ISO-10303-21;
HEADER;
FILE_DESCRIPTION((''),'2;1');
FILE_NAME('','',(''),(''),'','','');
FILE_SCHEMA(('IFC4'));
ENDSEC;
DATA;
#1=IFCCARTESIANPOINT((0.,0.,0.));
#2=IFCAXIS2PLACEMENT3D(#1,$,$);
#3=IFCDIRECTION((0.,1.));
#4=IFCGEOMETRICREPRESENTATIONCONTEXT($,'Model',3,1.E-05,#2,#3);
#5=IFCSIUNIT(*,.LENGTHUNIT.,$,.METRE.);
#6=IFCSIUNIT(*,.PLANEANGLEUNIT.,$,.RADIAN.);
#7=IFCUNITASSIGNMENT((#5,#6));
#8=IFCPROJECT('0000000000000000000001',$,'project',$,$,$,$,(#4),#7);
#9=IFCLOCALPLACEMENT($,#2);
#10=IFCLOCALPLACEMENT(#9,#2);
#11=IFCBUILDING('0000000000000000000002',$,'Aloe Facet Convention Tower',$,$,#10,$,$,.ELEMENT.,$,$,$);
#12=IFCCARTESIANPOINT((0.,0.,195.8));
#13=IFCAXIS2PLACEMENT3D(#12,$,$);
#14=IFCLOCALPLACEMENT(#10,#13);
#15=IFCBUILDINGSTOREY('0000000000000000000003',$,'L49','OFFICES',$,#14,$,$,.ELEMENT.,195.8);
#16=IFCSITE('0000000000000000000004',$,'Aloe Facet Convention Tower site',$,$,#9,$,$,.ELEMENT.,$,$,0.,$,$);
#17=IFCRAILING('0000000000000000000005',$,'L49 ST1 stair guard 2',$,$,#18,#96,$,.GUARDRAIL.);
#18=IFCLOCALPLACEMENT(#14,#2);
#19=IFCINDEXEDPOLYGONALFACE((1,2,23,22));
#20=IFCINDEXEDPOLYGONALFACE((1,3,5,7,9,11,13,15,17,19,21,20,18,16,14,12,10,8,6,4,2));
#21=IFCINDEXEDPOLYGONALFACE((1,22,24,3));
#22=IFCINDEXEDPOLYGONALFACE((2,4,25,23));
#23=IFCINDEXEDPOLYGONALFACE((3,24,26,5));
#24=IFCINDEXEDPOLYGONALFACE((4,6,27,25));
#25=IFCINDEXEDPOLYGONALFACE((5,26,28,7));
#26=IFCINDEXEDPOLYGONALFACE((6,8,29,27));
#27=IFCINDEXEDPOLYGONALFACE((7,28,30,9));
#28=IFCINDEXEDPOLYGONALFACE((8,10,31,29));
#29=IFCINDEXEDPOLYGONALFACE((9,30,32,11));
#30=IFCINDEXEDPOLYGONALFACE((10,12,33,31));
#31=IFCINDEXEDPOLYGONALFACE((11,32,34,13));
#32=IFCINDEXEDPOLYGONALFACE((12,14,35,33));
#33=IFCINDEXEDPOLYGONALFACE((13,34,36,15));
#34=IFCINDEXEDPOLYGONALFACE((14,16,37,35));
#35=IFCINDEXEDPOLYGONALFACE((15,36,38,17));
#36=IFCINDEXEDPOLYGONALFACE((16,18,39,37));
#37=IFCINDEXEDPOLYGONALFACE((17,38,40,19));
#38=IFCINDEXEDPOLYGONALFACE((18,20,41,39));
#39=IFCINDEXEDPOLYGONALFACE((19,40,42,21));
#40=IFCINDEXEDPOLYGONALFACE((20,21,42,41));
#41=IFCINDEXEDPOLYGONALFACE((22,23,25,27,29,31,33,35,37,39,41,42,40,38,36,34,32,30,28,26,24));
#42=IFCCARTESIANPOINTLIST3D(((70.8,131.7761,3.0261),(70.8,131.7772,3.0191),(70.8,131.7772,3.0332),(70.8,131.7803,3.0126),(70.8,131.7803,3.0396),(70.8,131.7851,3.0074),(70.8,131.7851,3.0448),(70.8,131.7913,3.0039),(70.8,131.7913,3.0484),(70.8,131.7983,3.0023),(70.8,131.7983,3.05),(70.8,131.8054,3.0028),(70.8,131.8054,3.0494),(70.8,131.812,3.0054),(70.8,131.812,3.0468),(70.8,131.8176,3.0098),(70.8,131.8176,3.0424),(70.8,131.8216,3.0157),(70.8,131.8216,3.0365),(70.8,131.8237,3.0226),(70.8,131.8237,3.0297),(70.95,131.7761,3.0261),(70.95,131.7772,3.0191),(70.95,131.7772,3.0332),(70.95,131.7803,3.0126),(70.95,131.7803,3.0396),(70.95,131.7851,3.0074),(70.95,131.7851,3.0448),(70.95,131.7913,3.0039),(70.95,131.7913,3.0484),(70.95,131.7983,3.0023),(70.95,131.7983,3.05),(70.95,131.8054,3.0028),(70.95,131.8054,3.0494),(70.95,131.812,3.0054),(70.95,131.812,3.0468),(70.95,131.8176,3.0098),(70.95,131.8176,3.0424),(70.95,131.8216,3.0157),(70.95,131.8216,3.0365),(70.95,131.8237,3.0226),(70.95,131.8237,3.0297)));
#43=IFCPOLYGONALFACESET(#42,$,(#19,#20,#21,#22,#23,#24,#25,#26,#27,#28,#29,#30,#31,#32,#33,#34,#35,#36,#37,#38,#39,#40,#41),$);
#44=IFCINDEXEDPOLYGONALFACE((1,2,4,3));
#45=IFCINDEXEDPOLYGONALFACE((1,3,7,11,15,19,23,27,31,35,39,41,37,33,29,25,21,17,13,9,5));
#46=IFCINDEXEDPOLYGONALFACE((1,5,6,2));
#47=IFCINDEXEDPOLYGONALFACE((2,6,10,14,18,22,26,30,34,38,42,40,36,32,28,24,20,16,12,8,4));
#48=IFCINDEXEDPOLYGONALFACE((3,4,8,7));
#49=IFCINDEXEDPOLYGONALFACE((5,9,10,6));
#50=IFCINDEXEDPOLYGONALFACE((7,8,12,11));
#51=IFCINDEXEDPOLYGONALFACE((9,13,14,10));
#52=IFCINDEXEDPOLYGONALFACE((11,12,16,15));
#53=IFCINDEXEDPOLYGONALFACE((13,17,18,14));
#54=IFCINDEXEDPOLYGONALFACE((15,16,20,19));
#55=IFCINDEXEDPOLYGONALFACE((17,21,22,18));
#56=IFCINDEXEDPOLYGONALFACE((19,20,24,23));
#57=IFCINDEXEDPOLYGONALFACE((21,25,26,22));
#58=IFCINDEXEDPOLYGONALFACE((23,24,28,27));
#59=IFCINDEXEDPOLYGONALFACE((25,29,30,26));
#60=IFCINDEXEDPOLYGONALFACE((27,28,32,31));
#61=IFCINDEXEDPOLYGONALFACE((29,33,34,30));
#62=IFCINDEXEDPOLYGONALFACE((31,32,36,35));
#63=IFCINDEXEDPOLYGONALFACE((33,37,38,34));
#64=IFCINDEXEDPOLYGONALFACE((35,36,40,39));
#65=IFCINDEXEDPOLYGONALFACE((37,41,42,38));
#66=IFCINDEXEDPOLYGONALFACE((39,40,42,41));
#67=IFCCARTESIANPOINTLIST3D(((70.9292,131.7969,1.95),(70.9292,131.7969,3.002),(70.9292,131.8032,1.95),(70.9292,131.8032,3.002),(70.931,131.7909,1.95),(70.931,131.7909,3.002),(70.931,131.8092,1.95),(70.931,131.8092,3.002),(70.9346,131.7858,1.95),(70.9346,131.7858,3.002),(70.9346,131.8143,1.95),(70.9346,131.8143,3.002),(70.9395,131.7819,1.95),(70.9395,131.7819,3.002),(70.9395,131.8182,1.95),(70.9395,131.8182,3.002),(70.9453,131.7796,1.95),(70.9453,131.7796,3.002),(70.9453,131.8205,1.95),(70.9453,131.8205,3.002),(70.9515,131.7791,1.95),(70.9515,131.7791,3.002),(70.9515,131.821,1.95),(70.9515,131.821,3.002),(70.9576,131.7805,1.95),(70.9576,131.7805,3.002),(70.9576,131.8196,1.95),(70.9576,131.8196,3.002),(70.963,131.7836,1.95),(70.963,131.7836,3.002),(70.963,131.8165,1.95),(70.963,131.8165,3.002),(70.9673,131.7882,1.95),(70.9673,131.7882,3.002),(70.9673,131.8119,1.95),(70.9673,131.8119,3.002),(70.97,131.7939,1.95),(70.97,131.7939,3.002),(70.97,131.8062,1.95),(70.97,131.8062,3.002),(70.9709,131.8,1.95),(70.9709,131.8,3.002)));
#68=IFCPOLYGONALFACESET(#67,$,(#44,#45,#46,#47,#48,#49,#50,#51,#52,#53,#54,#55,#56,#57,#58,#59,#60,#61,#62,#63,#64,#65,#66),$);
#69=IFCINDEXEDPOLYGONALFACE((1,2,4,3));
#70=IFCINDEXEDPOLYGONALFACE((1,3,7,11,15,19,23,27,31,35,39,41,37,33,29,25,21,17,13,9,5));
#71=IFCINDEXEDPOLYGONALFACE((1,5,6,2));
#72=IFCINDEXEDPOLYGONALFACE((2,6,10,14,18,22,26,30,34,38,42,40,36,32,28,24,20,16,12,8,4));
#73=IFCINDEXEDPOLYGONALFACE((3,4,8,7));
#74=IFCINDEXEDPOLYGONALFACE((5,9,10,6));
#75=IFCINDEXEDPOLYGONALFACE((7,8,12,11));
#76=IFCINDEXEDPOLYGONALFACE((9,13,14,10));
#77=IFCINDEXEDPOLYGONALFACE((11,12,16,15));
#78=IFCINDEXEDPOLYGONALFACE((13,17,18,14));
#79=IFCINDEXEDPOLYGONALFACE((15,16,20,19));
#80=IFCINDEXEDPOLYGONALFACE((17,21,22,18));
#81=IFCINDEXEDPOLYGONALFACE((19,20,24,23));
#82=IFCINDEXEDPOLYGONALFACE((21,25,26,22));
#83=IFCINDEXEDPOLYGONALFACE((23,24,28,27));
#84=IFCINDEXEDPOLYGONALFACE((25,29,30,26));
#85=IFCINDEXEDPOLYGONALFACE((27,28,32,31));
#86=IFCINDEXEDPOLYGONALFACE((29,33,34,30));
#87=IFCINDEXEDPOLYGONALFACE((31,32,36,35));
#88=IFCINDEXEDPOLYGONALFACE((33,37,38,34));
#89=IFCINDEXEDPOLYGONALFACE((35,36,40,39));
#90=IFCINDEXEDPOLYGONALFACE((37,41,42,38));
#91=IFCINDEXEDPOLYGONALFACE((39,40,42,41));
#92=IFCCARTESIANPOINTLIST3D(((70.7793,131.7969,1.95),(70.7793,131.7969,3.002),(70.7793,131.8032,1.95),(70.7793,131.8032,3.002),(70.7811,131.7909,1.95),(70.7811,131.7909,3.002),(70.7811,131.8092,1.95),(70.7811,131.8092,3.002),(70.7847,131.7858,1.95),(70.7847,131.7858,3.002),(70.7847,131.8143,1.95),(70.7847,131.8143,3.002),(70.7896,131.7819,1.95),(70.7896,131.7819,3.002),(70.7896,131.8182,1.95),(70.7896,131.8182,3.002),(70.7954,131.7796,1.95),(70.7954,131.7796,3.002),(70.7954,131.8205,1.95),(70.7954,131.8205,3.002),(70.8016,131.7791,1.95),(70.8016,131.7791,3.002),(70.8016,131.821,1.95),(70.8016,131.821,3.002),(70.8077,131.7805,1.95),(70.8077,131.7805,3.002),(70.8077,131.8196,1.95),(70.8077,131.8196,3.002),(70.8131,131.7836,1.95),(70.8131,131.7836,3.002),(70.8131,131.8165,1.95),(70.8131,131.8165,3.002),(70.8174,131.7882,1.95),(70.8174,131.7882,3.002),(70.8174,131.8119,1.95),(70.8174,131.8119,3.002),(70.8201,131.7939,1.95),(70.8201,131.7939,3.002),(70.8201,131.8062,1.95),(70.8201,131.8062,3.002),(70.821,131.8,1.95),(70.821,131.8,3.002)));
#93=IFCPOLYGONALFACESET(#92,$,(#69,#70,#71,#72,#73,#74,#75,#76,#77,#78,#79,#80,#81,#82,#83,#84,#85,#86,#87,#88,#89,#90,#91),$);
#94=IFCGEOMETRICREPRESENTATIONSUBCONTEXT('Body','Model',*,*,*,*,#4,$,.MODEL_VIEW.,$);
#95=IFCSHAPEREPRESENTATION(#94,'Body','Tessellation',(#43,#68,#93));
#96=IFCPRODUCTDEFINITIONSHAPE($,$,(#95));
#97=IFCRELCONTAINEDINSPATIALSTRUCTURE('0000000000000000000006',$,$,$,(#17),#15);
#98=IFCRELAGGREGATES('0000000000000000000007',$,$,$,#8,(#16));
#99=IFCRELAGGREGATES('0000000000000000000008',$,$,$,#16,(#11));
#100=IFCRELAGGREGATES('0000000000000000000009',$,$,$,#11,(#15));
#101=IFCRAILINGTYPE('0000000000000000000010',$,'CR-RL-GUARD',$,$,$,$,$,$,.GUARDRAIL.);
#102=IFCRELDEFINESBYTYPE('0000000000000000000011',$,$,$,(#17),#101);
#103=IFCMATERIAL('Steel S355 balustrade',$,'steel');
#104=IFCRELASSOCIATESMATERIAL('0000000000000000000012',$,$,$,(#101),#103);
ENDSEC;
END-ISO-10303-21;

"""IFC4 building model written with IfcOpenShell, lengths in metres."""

from ifc_helpers import new_model, si_unit, direction, frame, origin, origin_2d, place, context, subcontext, project, spatial, circle, extrude, material, type_object, element, save


model = new_model("IFC4")

# Units and contexts
model_context = context("Model", 3, precision=1e-05, world=origin(), true_north=direction((0.0, 1.0)))
body_context = subcontext(model_context, "Body", "Model", "MODEL_VIEW")
ifc_project = project(units=[si_unit("LENGTHUNIT", "METRE"), si_unit("PLANEANGLEUNIT", "RADIAN")], contexts=[model_context])

# Site, building, storey
site_placement = place(None, origin())
site = spatial("IfcSite", under=ifc_project, at=site_placement, Name="Aloe Facet Convention Tower site", CompositionType="ELEMENT", RefElevation=0.0)
building_placement = place(site_placement, origin())
building = spatial("IfcBuilding", under=site, at=building_placement, Name="Aloe Facet Convention Tower", CompositionType="ELEMENT")
storey_placement = place(building_placement, frame((0.0, 0.0, 195.8)))
storey = spatial("IfcBuildingStorey", under=building, at=storey_placement, Name="L49", Description="OFFICES", CompositionType="ELEMENT", Elevation=195.8)

# Railing
ifc_material_1 = material(Name="Steel S355 balustrade", Category="steel")
railing_type_1 = type_object("IfcRailingType", Name="CR-RL-GUARD", PredefinedType="GUARDRAIL", material=ifc_material_1)
railing_1_placement = place(storey_placement, frame((70.95, 131.8, 1.95)))
element("IfcRailing", 1, at=railing_1_placement, inside=storey, type_object=railing_type_1, Name="L49 ST1 stair guard 2", PredefinedType="GUARDRAIL", context=body_context, shape_type="SweptSolid", body=[
    extrude(circle(Radius=0.0239, at=origin_2d()), frame((0.0, 0.0, 1.0762), z_axis=(-1.0, 0.0, 0.0), x_axis=(0.0, -1.0, 0.0)), (0.0, 0.0, 1.0), 0.1499),
    extrude(circle(Radius=0.021, at=origin_2d()), origin(), (0.0, 0.0, 1.0), 1.052),
    extrude(circle(Radius=0.021, at=origin_2d()), frame((-0.1499, 0.0, 0.0)), (0.0, 0.0, 1.0), 1.052),
])

save(model, "model.ifc")
